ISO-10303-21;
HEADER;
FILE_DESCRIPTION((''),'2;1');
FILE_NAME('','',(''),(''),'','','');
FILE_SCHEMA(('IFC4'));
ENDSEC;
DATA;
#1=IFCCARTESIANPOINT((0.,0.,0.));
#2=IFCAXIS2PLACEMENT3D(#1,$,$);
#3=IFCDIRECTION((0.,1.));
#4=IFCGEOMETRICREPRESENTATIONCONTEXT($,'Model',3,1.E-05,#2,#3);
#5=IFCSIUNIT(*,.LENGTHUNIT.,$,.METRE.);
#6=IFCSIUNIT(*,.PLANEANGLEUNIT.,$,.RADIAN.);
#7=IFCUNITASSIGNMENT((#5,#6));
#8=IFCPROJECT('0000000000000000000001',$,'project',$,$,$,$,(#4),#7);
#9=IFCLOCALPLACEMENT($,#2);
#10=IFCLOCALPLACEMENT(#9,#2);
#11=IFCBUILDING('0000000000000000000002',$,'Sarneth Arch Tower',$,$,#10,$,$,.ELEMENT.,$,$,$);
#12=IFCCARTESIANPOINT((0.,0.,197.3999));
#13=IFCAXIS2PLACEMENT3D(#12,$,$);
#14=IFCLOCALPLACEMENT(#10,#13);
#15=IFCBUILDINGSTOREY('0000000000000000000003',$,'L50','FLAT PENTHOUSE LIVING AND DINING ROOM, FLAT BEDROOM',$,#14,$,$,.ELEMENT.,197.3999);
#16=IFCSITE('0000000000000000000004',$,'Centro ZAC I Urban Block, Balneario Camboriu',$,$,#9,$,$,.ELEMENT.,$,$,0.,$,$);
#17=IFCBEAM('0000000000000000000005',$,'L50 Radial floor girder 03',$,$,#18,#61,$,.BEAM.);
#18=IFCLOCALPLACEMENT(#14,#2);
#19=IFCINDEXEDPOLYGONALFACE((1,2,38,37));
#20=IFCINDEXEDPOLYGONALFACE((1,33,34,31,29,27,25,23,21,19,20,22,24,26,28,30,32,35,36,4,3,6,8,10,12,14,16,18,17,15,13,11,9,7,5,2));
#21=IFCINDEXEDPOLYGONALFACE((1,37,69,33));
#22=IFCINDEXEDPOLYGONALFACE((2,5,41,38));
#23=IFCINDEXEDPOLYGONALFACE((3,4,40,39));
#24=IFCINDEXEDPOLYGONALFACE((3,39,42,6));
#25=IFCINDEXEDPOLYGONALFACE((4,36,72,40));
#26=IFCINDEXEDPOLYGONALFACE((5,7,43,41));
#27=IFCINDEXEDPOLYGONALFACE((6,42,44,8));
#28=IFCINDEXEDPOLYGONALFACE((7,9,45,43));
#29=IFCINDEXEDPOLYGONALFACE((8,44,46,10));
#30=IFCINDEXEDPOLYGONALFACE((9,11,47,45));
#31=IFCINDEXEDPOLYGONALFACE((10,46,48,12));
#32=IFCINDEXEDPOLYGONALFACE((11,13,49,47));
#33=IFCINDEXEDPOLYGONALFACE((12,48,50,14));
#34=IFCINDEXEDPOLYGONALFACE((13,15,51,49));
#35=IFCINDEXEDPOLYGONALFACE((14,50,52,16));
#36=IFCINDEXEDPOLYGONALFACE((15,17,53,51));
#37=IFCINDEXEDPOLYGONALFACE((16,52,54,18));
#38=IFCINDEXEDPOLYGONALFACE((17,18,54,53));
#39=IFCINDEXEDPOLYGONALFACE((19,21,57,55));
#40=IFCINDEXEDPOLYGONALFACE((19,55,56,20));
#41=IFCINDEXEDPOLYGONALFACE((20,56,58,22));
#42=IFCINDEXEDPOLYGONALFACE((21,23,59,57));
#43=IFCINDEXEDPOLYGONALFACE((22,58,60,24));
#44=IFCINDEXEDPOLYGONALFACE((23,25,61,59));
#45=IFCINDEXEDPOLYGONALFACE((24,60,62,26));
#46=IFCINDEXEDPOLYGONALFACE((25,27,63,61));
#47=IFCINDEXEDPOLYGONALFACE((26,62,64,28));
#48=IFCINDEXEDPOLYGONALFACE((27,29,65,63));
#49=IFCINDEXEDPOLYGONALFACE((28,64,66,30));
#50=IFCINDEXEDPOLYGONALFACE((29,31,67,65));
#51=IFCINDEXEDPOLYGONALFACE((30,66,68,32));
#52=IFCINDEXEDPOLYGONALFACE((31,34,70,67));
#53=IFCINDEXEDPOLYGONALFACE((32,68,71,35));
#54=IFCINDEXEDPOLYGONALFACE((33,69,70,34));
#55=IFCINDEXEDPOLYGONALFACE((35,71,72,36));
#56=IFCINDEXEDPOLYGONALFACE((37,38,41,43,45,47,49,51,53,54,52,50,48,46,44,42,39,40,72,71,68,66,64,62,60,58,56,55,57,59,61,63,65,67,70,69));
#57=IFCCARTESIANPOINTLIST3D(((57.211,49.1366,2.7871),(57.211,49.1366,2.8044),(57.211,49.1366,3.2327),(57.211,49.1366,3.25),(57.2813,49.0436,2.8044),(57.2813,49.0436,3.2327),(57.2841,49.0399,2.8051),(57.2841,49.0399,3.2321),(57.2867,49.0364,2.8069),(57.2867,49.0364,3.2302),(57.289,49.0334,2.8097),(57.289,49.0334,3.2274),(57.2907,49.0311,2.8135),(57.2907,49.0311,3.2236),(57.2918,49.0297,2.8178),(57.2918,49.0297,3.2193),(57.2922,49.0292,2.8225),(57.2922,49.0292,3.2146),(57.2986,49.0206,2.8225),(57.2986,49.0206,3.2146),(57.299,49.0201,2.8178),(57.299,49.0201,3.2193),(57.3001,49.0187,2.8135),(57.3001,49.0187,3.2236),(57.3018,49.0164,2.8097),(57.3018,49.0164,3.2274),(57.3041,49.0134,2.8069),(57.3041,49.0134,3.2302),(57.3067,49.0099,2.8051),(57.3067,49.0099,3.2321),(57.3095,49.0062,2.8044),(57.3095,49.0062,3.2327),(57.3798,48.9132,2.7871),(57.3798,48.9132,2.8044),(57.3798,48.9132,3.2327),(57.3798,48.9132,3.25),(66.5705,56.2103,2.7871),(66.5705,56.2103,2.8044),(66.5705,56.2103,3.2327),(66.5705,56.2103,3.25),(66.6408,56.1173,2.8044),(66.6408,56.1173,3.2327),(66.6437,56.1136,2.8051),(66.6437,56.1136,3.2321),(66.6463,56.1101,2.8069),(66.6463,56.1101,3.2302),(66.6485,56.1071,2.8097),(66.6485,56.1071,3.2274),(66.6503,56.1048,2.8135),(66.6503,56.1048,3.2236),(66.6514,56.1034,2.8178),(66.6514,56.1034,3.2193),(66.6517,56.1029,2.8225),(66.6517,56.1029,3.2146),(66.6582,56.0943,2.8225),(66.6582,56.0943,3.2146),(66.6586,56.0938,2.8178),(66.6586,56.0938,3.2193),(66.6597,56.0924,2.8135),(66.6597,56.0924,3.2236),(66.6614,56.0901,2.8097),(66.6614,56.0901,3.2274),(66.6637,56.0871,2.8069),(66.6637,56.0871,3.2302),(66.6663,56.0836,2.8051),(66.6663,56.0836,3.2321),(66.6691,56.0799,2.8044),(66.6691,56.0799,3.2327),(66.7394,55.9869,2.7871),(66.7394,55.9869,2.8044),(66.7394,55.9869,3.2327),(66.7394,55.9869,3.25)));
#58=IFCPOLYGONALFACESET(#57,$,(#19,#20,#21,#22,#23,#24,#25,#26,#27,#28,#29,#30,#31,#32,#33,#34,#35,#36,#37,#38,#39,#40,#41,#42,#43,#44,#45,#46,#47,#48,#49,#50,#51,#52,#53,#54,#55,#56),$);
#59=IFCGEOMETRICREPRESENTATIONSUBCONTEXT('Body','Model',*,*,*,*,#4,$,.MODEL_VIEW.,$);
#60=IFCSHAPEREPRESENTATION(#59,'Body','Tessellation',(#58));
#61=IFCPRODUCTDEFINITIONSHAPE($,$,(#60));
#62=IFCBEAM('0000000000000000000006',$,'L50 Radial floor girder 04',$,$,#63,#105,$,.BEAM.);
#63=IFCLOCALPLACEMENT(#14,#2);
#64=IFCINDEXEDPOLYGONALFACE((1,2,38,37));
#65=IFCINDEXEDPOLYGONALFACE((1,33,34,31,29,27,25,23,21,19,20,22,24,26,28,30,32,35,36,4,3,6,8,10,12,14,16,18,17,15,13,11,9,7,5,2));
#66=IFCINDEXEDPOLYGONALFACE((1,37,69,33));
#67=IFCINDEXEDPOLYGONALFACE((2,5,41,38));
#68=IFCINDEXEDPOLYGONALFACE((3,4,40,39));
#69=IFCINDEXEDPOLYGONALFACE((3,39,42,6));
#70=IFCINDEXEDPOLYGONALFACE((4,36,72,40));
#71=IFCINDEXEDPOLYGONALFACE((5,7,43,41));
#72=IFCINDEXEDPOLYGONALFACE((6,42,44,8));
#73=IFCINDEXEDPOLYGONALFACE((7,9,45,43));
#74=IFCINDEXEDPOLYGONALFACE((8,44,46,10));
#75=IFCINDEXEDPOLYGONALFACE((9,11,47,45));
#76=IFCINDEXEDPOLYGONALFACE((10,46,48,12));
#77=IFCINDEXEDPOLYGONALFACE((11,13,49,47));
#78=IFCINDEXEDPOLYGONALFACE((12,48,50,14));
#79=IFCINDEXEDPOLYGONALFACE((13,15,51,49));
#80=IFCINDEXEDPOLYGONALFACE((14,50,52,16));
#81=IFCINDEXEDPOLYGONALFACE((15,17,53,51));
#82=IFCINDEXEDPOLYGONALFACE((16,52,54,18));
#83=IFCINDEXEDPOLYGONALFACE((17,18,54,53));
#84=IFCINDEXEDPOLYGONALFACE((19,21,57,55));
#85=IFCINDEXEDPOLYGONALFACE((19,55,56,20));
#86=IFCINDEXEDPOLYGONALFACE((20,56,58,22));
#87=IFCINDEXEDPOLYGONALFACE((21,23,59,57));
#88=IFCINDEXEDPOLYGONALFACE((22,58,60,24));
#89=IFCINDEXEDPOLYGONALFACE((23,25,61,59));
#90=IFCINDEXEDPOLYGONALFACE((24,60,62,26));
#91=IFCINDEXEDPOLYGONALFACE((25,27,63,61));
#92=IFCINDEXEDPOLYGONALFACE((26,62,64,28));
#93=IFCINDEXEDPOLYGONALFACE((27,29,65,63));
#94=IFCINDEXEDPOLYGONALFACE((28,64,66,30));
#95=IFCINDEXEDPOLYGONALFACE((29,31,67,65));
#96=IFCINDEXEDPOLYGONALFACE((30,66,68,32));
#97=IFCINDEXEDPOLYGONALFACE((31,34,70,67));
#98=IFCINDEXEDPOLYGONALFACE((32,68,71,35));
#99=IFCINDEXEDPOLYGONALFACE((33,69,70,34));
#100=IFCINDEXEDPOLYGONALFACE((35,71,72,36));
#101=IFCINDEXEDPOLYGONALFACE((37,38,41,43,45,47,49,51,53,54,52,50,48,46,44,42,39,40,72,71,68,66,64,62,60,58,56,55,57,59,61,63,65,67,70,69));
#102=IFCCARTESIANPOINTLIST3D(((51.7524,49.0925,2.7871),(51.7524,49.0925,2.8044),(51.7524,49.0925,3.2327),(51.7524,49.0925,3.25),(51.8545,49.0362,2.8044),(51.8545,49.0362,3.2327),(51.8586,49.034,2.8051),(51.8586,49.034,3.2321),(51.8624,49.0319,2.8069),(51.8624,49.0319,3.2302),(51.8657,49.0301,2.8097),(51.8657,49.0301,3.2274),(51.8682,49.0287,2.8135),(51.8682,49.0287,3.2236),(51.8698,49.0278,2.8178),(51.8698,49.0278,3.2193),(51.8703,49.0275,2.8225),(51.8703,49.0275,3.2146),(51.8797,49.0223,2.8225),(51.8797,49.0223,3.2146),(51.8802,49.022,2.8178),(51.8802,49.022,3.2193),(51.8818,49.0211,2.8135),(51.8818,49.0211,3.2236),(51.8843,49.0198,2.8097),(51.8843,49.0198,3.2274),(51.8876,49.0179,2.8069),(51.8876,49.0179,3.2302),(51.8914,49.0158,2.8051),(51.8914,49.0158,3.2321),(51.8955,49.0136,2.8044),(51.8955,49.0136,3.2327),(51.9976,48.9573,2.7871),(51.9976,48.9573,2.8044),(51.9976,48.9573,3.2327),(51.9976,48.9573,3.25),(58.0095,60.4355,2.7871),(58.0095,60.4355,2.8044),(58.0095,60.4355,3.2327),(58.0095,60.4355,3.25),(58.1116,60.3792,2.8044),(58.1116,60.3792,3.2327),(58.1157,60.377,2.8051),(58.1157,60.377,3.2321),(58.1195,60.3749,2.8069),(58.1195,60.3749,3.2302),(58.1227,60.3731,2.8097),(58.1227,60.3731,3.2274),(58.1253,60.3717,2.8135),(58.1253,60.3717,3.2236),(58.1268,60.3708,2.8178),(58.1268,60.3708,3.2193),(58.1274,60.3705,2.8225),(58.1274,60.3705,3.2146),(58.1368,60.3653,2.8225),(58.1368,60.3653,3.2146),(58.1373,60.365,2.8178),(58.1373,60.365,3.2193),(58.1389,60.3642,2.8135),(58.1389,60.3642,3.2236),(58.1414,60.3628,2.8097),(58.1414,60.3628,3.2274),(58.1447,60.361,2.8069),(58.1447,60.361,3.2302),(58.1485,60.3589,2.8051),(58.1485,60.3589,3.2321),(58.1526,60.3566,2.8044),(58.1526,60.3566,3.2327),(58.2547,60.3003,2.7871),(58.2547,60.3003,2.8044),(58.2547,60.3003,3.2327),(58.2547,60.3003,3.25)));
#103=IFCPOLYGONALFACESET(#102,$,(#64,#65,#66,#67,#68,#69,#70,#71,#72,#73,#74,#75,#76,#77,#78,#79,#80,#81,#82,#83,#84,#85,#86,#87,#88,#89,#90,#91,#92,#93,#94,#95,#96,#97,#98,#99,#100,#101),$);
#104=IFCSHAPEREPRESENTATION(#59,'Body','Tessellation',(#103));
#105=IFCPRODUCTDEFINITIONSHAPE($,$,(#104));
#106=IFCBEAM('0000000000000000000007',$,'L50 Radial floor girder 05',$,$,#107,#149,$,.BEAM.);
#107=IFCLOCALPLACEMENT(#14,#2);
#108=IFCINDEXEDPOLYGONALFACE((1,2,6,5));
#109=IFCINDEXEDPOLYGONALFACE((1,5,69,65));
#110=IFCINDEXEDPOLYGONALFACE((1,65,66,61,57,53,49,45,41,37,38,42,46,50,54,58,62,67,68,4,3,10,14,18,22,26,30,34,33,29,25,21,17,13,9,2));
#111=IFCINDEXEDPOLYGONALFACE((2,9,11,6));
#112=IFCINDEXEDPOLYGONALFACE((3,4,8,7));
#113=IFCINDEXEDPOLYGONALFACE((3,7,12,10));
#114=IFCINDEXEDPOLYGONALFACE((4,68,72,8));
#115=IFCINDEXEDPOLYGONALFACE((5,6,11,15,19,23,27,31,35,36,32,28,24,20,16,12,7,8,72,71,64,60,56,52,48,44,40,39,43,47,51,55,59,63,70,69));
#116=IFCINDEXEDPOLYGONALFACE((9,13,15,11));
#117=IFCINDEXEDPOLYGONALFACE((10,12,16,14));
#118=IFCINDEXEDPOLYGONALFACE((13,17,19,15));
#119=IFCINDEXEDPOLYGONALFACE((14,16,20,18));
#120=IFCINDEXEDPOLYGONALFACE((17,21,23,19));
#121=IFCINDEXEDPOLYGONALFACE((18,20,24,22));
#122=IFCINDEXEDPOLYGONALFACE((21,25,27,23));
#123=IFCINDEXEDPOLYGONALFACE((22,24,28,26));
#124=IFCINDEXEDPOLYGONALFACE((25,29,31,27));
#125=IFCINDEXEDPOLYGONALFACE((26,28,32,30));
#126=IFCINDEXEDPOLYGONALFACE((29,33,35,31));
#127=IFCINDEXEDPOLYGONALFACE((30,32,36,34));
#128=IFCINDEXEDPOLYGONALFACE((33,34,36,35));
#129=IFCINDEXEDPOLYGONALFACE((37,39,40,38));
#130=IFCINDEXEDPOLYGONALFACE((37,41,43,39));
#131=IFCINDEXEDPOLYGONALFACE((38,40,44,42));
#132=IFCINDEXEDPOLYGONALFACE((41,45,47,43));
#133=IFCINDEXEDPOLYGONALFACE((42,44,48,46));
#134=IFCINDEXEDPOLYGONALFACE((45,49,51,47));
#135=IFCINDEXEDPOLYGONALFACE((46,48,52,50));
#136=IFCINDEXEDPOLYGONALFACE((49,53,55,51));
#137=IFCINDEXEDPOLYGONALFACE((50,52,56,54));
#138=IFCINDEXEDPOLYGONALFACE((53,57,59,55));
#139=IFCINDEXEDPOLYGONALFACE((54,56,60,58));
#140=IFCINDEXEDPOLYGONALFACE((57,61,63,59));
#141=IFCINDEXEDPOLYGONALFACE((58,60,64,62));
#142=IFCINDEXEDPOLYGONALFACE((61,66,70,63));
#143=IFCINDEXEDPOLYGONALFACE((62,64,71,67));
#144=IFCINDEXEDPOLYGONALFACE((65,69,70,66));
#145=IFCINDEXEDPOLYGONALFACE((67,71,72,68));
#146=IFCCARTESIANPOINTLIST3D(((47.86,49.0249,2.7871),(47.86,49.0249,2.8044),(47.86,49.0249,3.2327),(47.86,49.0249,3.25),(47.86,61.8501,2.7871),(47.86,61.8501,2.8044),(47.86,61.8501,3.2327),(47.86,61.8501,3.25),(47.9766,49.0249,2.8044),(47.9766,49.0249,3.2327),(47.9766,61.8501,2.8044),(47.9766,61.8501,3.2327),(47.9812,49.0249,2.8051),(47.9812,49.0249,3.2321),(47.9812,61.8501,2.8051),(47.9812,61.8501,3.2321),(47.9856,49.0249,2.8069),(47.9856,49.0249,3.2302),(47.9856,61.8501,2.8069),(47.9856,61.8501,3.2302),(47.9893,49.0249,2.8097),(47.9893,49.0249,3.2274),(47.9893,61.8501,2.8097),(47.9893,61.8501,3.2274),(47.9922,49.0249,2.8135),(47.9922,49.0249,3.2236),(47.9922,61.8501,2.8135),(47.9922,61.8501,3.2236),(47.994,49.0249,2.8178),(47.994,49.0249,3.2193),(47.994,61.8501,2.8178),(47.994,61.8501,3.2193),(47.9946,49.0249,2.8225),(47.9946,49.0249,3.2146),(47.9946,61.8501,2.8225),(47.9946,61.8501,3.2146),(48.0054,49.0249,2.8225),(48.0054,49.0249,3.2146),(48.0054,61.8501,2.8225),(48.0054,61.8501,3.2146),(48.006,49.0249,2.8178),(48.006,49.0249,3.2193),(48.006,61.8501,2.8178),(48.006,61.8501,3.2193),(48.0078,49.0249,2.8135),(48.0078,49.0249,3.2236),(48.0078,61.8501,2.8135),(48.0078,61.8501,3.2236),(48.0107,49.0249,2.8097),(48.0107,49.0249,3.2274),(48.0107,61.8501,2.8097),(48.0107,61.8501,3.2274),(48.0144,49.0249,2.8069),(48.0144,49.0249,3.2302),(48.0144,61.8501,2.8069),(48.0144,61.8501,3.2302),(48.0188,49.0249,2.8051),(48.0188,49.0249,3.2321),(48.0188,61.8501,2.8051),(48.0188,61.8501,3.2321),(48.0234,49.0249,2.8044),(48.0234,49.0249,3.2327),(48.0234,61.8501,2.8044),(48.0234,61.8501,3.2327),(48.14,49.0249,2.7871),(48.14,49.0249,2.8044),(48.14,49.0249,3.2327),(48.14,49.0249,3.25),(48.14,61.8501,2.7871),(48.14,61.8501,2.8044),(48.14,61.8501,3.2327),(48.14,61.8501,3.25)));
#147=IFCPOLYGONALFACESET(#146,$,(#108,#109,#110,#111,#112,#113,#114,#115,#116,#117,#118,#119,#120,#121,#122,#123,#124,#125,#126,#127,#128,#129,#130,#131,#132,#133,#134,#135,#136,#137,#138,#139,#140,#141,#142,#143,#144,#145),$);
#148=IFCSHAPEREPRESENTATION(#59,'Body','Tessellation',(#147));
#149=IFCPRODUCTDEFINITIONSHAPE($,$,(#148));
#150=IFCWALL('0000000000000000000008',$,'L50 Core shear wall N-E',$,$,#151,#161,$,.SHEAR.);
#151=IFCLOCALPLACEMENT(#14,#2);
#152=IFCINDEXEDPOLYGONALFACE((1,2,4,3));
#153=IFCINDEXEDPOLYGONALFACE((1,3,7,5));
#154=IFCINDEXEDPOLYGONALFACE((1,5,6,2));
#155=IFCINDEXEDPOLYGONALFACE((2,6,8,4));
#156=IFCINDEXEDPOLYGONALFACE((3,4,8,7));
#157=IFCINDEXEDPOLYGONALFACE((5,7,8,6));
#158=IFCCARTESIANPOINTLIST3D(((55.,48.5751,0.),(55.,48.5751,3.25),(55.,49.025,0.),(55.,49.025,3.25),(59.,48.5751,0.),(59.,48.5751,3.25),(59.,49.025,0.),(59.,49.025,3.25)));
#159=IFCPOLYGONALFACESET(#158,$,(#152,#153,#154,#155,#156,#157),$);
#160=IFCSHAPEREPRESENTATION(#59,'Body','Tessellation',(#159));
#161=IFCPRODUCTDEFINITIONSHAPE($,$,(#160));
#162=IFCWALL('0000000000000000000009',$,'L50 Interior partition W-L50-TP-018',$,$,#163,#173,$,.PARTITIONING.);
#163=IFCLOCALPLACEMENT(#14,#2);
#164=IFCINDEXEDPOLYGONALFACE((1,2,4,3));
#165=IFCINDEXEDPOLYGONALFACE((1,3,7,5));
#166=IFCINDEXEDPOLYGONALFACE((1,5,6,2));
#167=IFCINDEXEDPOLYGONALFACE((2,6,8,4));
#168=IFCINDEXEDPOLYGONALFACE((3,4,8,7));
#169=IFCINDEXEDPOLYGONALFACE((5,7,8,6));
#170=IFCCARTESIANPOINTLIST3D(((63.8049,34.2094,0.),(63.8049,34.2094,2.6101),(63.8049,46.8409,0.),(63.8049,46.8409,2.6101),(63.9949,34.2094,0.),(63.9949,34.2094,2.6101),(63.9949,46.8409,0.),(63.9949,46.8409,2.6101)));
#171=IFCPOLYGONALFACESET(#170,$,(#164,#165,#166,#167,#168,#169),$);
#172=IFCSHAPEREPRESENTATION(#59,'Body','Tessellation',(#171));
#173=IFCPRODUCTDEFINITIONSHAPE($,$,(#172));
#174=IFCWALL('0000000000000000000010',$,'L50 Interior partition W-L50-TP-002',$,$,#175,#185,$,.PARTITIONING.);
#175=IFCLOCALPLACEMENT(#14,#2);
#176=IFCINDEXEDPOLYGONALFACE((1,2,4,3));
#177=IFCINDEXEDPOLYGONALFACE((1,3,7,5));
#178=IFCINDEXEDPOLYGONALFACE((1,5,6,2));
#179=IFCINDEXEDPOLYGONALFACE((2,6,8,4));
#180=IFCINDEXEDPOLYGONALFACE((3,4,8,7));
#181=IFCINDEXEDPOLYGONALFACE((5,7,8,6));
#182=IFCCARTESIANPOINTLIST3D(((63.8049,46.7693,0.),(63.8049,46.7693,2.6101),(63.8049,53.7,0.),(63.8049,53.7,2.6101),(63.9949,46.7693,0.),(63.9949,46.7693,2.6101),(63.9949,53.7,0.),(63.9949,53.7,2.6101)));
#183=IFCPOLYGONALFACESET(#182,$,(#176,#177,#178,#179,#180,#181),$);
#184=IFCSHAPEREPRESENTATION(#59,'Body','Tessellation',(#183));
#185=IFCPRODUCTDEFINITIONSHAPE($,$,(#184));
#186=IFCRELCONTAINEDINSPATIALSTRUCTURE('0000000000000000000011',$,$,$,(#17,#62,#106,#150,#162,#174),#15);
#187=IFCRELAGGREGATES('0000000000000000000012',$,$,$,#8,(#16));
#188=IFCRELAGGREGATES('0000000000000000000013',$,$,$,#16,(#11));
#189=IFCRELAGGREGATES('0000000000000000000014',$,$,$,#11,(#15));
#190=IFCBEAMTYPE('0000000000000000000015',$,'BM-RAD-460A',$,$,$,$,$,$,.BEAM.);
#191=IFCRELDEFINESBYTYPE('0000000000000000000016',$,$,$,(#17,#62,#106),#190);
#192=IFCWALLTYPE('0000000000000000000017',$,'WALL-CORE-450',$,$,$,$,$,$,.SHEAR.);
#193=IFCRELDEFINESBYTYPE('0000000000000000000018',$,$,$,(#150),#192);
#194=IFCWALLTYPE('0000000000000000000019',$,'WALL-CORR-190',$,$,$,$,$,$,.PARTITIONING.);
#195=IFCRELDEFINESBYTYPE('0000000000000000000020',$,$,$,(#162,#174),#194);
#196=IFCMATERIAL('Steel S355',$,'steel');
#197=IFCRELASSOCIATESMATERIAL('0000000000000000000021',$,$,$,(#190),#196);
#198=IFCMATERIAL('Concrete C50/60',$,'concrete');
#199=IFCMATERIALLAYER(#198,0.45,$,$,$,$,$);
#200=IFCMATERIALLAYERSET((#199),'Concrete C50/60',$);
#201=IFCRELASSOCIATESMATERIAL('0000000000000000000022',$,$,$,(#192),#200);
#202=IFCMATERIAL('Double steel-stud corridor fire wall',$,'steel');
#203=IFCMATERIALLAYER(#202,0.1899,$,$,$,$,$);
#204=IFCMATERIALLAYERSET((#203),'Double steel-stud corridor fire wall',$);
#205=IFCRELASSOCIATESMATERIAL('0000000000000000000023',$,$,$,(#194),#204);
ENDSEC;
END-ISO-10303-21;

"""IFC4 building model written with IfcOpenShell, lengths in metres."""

from ifc_helpers import new_model, si_unit, direction, frame, frame_2d, origin, origin_2d, place, context, subcontext, project, spatial, rectangle, i_section, extrude, material, layer, layer_set, material_profile, profile_set, type_object, element, save


model = new_model("IFC4")

# Units and contexts
model_context = context("Model", 3, precision=1e-05, world=origin(), true_north=direction((0.0, 1.0)))
body_context = subcontext(model_context, "Body", "Model", "MODEL_VIEW")
ifc_project = project(units=[si_unit("LENGTHUNIT", "METRE"), si_unit("PLANEANGLEUNIT", "RADIAN")], contexts=[model_context])

# Site, building, storey
site_placement = place(None, origin())
site = spatial("IfcSite", under=ifc_project, at=site_placement, Name="Centro ZAC I Urban Block, Balneario Camboriu", CompositionType="ELEMENT", RefElevation=0.0)
building_placement = place(site_placement, origin())
building = spatial("IfcBuilding", under=site, at=building_placement, Name="Sarneth Arch Tower", CompositionType="ELEMENT")
storey_placement = place(building_placement, frame((0.0, 0.0, 197.3999)))
storey = spatial("IfcBuildingStorey", under=building, at=storey_placement, Name="L50", Description="FLAT PENTHOUSE LIVING AND DINING ROOM, FLAT BEDROOM", CompositionType="ELEMENT", Elevation=197.3999)

# Beams
ifc_material_1 = material(Name="Steel S355", Category="steel")
ifc_material_profile_1 = material_profile(ifc_material_1, i_section(OverallWidth=0.28, OverallDepth=0.4629, WebThickness=0.0107, FlangeThickness=0.0173, FilletRadius=0.0181, at=origin_2d()), Name="W460x113")
ifc_profile_set_1 = profile_set([ifc_material_profile_1], Name="Steel S355")
beam_type_1 = type_object("IfcBeamType", Name="BM-RAD-460A", PredefinedType="BEAM", material=ifc_profile_set_1)
beam_1_placement = place(storey_placement, frame((57.2954, 49.0249, 3.0186), z_axis=(0.797785, 0.602943, 0.0), x_axis=(-0.602943, 0.797785, 0.0)))
element("IfcBeam", 1, at=beam_1_placement, inside=storey, type_object=beam_type_1, Name="L50 Radial floor girder 03", PredefinedType="BEAM", context=body_context, shape_type="SweptSolid", body=[
    extrude(i_section(OverallWidth=0.28, OverallDepth=0.4629, WebThickness=0.0107, FlangeThickness=0.0173, FilletRadius=0.0181, at=origin_2d()), origin(), (0.0, 0.0, 1.0), 11.7319),
])
beam_2_placement = place(storey_placement, frame((51.875, 49.0249, 3.0186), z_axis=(0.48301, 0.875615, 0.0), x_axis=(-0.875615, 0.48301, 0.0)))
element("IfcBeam", 2, at=beam_2_placement, inside=storey, type_object=beam_type_1, Name="L50 Radial floor girder 04", PredefinedType="BEAM", context=body_context, shape_type="SweptSolid", body=[
    extrude(i_section(OverallWidth=0.28, OverallDepth=0.4629, WebThickness=0.0107, FlangeThickness=0.0173, FilletRadius=0.0181, at=origin_2d()), origin(), (0.0, 0.0, 1.0), 12.9543),
])
beam_3_placement = place(storey_placement, frame((48.0, 49.0249, 3.0186), z_axis=(0.0, 1.0, 0.0), x_axis=(-1.0, 0.0, 0.0)))
element("IfcBeam", 3, at=beam_3_placement, inside=storey, type_object=beam_type_1, Name="L50 Radial floor girder 05", PredefinedType="BEAM", context=body_context, shape_type="SweptSolid", body=[
    extrude(i_section(OverallWidth=0.28, OverallDepth=0.4629, WebThickness=0.0107, FlangeThickness=0.0173, FilletRadius=0.0181, at=origin_2d()), origin(), (0.0, 0.0, 1.0), 12.8252),
])

# Walls
ifc_material_2 = material(Name="Concrete C50/60", Category="concrete")
ifc_layer_1 = layer(ifc_material_2, 0.45)
ifc_layer_set_1 = layer_set([ifc_layer_1], Name="Concrete C50/60")
wall_type_1 = type_object("IfcWallType", Name="WALL-CORE-450", PredefinedType="SHEAR", material=ifc_layer_set_1)
wall_1_placement = place(storey_placement, frame((55.0, 48.8, 0.0), z_axis=(0.0, 0.0, 1.0), x_axis=(1.0, 0.0, 0.0)))
element("IfcWall", 4, at=wall_1_placement, inside=storey, type_object=wall_type_1, Name="L50 Core shear wall N-E", PredefinedType="SHEAR", context=body_context, shape_type="SweptSolid", body=[
    extrude(rectangle(XDim=4.0, YDim=0.45, at=frame_2d((2.0, 0.0))), origin(), (0.0, 0.0, 1.0), 3.25),
])
ifc_material_3 = material(Name="Double steel-stud corridor fire wall", Category="steel")
ifc_layer_2 = layer(ifc_material_3, 0.1899)
ifc_layer_set_2 = layer_set([ifc_layer_2], Name="Double steel-stud corridor fire wall")
wall_type_2 = type_object("IfcWallType", Name="WALL-CORR-190", PredefinedType="PARTITIONING", material=ifc_layer_set_2)
wall_2_placement = place(storey_placement, frame((63.8999, 46.8411, 0.0), z_axis=(0.0, 0.0, 1.0), x_axis=(0.0, -1.0, 0.0)))
element("IfcWall", 5, at=wall_2_placement, inside=storey, type_object=wall_type_2, Name="L50 Interior partition W-L50-TP-018", PredefinedType="PARTITIONING", context=body_context, shape_type="SweptSolid", body=[
    extrude(rectangle(XDim=12.6316, YDim=0.1899, at=frame_2d((6.3159, 0.0))), origin(), (0.0, 0.0, 1.0), 2.6101),
])
wall_3_placement = place(storey_placement, frame((63.8999, 53.7, 0.0), z_axis=(0.0, 0.0, 1.0), x_axis=(0.0, -1.0, 0.0)))
element("IfcWall", 6, at=wall_3_placement, inside=storey, type_object=wall_type_2, Name="L50 Interior partition W-L50-TP-002", PredefinedType="PARTITIONING", context=body_context, shape_type="SweptSolid", body=[
    extrude(rectangle(XDim=6.9307, YDim=0.1899, at=frame_2d((3.4653, 0.0))), origin(), (0.0, 0.0, 1.0), 2.6101),
])

save(model, "model.ifc")
